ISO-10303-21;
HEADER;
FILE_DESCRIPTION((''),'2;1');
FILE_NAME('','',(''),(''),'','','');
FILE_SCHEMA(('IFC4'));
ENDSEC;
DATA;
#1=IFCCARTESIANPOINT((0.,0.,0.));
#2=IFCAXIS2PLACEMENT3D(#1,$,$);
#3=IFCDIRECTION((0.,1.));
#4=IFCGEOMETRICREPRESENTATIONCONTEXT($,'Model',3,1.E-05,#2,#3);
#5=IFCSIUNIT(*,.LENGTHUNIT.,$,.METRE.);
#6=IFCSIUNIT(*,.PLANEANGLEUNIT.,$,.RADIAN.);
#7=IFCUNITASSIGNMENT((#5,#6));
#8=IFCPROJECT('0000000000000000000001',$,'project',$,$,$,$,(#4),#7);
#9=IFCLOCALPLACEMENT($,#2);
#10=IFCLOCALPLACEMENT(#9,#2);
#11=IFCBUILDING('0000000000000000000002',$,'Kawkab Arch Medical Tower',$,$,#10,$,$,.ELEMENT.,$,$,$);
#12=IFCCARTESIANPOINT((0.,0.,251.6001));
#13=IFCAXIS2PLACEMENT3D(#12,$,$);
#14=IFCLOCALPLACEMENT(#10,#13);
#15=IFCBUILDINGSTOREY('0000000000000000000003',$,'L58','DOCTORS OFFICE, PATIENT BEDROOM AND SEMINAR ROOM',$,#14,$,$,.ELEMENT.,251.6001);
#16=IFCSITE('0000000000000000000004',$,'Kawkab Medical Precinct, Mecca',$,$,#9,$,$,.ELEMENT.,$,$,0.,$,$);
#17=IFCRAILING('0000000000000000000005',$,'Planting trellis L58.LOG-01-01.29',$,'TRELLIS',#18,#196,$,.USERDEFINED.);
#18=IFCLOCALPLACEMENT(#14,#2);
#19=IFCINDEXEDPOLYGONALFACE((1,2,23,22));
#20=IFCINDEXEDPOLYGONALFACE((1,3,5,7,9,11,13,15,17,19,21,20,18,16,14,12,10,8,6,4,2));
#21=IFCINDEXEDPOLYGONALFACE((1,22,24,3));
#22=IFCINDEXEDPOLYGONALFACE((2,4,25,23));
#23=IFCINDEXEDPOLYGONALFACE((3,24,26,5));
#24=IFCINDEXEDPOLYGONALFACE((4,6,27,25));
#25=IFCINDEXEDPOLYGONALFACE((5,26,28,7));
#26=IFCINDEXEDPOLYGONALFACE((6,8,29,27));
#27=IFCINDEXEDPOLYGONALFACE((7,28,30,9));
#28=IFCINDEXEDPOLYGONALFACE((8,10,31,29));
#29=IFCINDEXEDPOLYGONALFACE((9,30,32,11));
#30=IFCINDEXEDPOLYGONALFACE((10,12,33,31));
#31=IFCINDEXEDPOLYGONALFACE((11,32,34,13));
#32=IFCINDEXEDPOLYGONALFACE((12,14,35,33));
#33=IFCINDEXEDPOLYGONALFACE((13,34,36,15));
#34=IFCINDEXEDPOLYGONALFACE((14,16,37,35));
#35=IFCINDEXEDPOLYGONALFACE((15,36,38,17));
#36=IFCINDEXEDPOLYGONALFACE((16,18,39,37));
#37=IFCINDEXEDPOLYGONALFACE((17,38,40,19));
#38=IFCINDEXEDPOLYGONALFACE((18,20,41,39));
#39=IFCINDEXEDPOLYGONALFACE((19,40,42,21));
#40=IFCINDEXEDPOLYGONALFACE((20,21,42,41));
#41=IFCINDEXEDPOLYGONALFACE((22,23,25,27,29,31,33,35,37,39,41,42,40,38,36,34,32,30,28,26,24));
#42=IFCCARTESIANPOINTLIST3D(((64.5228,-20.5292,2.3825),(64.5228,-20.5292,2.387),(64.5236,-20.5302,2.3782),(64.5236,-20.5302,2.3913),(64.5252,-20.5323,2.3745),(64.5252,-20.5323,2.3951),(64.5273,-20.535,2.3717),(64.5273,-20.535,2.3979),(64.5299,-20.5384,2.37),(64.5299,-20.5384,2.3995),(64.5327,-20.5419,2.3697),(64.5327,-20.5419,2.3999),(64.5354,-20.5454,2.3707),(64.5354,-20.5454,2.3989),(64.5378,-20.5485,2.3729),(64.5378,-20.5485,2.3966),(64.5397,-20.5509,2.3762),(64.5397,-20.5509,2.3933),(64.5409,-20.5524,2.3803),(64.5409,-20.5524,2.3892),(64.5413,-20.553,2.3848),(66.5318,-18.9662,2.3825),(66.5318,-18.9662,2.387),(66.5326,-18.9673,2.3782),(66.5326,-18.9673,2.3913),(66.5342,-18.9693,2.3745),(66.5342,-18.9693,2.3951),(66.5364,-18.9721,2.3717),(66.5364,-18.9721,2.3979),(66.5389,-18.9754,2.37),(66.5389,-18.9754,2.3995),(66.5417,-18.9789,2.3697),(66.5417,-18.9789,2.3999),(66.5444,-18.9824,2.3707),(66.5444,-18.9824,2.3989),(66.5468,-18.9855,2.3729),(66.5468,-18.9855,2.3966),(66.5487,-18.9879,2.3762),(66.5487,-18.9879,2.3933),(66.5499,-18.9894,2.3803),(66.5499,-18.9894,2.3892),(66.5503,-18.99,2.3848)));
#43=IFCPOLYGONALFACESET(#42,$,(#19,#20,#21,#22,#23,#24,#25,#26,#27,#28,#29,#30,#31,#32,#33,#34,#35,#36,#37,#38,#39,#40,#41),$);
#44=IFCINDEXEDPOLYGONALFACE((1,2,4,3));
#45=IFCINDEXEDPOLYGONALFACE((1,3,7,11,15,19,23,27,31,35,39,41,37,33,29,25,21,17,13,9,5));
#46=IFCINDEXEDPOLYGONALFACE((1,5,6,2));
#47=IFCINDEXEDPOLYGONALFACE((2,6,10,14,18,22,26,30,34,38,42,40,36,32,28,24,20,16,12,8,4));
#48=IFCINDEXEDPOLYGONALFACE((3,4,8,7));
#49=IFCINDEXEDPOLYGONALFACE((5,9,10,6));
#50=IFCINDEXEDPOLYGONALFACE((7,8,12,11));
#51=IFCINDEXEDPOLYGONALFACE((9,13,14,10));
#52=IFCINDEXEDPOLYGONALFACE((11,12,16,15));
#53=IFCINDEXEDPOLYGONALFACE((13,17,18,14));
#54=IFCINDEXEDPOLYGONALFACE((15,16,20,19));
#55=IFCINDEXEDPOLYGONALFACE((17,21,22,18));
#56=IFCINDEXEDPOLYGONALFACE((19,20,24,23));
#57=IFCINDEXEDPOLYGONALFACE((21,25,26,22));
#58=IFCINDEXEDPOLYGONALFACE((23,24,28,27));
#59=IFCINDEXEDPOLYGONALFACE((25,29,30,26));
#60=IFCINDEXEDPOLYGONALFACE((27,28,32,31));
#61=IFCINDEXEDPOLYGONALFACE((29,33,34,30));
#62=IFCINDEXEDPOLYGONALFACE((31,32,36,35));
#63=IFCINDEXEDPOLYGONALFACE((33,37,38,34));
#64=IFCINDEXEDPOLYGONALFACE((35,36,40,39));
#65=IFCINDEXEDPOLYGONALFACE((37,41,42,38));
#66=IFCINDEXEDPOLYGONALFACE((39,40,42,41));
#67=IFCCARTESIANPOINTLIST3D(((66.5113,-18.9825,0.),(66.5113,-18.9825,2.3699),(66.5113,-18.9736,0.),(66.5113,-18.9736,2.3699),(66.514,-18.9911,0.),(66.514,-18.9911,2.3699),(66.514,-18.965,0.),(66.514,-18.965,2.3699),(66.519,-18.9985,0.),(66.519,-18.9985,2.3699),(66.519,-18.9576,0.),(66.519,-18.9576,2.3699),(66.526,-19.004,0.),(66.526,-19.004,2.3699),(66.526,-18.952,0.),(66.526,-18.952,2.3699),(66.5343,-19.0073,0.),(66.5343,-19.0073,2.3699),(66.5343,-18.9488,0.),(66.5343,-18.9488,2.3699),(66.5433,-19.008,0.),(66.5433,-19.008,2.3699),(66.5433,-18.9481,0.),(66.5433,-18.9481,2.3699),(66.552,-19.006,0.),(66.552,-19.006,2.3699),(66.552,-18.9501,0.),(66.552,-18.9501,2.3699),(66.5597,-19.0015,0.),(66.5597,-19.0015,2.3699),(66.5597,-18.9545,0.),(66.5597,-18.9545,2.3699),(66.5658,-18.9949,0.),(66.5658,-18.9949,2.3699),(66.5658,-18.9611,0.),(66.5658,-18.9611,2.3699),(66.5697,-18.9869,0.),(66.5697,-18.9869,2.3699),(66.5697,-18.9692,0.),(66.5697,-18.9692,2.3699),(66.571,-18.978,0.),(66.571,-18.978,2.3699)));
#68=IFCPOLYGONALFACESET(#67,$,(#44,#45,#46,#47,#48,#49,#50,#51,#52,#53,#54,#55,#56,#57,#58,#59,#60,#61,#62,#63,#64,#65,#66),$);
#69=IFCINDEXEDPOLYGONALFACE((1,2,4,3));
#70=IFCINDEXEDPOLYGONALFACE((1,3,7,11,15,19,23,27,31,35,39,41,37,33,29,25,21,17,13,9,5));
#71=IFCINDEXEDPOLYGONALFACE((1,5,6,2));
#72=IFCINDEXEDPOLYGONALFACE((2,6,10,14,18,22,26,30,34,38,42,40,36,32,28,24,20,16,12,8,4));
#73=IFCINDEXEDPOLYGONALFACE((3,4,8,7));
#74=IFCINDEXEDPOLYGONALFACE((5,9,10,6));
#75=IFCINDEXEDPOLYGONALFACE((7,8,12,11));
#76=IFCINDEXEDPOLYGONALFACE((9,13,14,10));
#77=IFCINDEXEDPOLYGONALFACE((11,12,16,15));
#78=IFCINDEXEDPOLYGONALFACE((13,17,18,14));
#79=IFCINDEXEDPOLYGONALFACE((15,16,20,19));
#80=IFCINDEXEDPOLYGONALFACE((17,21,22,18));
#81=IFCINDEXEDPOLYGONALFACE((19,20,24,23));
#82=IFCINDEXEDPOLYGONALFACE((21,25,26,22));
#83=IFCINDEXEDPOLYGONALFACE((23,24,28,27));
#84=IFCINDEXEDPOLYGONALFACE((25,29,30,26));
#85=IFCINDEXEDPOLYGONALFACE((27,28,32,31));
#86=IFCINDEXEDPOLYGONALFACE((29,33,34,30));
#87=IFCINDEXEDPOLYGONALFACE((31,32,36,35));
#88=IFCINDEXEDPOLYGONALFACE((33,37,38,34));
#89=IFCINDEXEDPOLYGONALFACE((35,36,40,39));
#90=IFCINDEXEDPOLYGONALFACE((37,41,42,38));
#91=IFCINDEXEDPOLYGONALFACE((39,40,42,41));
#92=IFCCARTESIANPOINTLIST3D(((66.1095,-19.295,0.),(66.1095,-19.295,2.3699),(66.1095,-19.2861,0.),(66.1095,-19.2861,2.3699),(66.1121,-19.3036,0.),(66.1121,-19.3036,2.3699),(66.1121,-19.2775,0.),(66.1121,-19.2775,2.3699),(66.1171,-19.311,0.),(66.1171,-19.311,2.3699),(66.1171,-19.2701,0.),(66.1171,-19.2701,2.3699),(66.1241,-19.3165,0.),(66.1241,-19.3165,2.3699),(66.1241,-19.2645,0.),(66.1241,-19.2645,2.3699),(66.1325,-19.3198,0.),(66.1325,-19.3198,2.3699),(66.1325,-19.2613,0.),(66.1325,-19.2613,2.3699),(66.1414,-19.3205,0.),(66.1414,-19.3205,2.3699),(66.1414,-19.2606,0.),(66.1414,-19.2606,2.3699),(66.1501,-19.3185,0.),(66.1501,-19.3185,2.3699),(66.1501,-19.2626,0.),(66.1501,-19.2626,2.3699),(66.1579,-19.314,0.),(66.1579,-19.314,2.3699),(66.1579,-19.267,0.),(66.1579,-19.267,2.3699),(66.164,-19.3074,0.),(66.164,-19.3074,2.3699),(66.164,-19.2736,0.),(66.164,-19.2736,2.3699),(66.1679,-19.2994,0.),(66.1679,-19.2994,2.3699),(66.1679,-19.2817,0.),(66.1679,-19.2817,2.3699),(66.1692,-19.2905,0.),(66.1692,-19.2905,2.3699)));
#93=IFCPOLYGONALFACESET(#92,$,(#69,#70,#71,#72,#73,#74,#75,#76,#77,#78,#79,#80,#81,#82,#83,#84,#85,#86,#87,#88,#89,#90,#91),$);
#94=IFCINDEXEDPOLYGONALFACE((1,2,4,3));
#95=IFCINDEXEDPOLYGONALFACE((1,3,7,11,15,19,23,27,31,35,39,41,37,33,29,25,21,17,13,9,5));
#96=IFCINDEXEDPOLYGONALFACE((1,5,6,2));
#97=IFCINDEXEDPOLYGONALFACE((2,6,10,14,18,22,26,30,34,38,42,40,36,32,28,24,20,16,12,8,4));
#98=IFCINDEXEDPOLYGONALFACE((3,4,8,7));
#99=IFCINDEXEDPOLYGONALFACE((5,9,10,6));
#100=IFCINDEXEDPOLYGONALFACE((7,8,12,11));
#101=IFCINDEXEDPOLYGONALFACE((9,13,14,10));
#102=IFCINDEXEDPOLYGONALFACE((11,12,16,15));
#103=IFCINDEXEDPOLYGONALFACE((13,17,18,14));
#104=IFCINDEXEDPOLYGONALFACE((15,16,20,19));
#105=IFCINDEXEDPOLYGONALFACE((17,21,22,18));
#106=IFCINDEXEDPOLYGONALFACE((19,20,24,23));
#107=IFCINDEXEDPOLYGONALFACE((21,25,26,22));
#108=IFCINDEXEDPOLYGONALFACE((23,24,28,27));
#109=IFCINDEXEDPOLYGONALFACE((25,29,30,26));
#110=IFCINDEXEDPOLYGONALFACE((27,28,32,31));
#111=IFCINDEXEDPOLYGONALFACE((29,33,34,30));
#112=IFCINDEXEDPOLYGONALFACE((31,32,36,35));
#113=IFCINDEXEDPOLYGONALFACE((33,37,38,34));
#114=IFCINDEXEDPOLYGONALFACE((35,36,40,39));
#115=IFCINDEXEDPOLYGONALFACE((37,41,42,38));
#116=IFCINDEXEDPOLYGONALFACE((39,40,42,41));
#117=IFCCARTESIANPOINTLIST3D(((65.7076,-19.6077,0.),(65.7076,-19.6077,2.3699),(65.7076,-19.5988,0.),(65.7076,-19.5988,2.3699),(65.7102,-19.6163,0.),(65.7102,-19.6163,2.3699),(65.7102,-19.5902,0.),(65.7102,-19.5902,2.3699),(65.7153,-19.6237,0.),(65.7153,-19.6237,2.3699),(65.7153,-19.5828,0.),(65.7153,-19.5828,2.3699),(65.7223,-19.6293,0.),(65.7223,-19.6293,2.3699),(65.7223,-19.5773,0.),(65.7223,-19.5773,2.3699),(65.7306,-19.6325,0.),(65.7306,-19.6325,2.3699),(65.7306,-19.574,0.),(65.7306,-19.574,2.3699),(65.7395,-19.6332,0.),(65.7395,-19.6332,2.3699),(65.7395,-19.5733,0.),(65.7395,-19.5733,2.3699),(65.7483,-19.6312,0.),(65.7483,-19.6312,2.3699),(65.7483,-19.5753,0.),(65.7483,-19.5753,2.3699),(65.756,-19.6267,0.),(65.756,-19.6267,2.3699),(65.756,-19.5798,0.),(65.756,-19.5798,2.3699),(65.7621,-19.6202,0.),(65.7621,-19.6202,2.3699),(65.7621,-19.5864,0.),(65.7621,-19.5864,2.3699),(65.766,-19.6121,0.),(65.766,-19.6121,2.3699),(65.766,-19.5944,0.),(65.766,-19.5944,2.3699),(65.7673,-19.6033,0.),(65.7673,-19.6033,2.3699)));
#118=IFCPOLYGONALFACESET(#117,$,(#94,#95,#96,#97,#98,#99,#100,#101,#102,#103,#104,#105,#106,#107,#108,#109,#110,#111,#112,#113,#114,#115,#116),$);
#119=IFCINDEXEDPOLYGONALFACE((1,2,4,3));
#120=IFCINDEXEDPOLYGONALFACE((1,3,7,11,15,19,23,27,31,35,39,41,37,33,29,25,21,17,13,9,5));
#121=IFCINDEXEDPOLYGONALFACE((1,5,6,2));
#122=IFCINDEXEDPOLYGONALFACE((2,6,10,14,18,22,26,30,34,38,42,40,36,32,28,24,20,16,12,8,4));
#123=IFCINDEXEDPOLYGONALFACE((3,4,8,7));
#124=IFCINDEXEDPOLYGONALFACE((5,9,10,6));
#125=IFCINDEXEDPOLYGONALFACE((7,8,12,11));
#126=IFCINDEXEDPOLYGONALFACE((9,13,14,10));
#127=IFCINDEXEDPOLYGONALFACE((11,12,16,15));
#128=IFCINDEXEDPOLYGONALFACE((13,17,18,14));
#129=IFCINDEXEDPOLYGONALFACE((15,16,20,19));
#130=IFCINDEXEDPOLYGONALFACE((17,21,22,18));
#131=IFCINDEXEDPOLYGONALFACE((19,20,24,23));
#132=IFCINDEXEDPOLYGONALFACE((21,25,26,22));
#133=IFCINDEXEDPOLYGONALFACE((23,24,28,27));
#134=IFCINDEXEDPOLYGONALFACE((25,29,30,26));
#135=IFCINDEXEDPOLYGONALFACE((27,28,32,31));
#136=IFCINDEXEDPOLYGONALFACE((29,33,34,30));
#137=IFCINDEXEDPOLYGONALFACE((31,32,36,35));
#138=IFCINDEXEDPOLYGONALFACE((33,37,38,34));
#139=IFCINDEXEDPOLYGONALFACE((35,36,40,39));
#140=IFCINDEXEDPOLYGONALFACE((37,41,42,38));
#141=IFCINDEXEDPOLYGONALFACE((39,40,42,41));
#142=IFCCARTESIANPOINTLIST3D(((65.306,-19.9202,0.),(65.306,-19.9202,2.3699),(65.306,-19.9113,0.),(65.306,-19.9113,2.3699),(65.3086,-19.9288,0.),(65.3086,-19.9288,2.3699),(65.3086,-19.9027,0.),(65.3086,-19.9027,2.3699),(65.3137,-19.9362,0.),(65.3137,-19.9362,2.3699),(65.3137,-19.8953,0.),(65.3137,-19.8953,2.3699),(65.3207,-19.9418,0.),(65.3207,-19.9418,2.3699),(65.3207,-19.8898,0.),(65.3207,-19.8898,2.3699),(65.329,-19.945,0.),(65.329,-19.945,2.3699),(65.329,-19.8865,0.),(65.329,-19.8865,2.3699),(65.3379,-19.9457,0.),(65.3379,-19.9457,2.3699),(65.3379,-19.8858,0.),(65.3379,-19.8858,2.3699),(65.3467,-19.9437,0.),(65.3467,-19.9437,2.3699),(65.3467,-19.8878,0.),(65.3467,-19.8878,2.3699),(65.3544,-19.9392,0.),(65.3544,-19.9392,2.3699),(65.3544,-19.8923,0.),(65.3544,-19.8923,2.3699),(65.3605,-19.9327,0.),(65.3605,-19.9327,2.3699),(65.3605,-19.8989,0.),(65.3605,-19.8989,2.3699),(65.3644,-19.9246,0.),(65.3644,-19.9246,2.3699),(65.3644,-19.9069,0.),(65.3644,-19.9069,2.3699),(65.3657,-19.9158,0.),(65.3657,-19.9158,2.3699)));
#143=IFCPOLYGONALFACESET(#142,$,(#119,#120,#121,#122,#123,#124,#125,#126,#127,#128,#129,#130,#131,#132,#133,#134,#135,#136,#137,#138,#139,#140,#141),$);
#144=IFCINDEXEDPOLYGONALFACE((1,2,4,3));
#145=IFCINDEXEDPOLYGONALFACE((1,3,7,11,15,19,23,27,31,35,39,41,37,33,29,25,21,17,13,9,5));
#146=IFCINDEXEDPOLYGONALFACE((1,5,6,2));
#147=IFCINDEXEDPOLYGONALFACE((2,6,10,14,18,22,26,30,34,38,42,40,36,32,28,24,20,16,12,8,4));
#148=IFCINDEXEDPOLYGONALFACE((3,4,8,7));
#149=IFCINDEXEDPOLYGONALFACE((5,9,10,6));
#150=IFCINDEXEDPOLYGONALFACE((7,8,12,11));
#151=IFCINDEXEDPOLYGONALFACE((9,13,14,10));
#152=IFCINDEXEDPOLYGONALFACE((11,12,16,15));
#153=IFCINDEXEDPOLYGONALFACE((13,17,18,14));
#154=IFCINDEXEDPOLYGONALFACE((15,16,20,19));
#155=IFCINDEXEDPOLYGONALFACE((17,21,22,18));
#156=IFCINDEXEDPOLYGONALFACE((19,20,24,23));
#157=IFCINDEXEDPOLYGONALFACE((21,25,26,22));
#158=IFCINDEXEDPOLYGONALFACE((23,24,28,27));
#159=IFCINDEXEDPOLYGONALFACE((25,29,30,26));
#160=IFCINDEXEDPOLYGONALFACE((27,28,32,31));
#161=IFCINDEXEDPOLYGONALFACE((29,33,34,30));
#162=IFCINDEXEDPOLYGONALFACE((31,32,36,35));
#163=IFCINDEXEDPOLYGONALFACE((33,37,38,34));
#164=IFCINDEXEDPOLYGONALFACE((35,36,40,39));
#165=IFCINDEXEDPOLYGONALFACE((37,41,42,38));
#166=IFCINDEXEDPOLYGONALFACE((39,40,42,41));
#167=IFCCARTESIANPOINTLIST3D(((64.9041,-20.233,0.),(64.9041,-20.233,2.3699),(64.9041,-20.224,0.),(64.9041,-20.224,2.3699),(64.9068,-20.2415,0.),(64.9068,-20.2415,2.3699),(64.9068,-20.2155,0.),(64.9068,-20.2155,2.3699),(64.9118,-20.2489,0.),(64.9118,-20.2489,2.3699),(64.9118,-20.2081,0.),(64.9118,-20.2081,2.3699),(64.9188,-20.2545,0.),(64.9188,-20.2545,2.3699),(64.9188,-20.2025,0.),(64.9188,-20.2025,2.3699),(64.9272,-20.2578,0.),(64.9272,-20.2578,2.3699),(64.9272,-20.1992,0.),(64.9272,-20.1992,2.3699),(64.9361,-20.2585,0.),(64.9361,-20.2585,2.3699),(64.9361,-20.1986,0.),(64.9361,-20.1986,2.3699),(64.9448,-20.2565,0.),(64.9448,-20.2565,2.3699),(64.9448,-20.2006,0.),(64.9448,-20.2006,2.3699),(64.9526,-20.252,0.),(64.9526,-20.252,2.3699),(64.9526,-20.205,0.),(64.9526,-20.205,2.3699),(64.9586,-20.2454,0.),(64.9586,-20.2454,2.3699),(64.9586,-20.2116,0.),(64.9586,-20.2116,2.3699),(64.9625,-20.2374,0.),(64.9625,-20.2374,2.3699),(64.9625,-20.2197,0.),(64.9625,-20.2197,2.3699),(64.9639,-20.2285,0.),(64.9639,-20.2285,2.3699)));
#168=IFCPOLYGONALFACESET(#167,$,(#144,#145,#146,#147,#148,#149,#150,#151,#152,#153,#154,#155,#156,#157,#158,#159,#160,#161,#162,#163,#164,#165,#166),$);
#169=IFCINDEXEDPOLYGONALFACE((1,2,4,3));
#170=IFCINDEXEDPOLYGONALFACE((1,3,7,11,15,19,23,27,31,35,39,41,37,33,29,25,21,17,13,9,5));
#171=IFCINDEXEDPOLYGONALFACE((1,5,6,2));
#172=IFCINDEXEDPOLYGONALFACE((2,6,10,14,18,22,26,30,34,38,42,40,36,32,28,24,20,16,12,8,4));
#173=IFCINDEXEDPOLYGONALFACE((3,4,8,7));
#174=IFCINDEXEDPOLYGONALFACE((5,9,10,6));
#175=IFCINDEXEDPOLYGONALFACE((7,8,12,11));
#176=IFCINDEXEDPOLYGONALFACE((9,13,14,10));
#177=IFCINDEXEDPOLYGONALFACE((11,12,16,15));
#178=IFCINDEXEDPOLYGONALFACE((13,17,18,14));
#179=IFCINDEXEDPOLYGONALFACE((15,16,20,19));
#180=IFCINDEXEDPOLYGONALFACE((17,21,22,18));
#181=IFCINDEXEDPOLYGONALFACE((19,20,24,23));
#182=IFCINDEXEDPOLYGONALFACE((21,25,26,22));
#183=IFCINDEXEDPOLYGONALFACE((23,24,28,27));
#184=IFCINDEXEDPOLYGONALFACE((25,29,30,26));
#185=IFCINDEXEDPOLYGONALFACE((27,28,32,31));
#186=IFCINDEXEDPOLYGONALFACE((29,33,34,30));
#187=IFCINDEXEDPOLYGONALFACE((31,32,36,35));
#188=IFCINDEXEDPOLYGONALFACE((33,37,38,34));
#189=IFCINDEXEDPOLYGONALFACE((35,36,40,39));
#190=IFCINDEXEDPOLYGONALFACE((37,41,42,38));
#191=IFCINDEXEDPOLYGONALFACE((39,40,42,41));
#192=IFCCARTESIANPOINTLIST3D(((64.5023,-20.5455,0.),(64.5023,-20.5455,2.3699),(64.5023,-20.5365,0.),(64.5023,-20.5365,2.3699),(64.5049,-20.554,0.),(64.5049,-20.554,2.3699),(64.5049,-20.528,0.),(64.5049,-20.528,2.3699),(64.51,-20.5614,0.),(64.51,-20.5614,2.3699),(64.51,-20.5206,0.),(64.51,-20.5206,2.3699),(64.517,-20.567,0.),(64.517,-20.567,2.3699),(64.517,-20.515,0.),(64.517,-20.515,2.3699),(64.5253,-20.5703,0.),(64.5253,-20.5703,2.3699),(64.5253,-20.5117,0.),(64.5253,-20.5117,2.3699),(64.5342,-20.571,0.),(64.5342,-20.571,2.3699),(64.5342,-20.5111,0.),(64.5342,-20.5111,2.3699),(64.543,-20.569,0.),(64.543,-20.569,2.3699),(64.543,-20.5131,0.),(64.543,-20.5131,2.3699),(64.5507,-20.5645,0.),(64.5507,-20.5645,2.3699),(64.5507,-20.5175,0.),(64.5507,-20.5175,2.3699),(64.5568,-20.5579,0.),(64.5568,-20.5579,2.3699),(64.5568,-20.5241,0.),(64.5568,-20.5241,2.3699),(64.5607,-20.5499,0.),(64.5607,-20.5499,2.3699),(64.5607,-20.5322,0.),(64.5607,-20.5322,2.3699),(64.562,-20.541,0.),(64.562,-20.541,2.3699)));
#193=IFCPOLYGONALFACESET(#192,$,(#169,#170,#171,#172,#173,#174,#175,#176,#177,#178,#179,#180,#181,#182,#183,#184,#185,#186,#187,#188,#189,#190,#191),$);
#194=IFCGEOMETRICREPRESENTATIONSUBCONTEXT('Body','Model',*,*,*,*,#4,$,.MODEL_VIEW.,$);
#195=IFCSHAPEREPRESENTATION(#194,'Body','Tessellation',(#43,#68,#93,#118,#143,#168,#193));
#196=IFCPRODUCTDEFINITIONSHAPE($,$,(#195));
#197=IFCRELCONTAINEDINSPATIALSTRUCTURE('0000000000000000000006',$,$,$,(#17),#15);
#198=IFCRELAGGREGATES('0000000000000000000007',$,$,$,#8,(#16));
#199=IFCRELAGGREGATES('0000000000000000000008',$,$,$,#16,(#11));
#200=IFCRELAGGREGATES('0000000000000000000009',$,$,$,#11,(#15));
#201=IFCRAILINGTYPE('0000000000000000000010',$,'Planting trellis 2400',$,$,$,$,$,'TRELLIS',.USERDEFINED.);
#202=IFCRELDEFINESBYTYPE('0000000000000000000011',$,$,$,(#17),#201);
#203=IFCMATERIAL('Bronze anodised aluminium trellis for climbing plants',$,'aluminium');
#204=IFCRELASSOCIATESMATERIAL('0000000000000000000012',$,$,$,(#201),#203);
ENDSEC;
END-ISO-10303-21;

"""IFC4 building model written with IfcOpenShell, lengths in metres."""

from ifc_helpers import new_model, si_unit, direction, frame, origin, origin_2d, place, context, subcontext, project, spatial, circle, extrude, material, type_object, element, save


model = new_model("IFC4")

# Units and contexts
model_context = context("Model", 3, precision=1e-05, world=origin(), true_north=direction((0.0, 1.0)))
body_context = subcontext(model_context, "Body", "Model", "MODEL_VIEW")
ifc_project = project(units=[si_unit("LENGTHUNIT", "METRE"), si_unit("PLANEANGLEUNIT", "RADIAN")], contexts=[model_context])

# Site, building, storey
site_placement = place(None, origin())
site = spatial("IfcSite", under=ifc_project, at=site_placement, Name="Kawkab Medical Precinct, Mecca", CompositionType="ELEMENT", RefElevation=0.0)
building_placement = place(site_placement, origin())
building = spatial("IfcBuilding", under=site, at=building_placement, Name="Kawkab Arch Medical Tower", CompositionType="ELEMENT")
storey_placement = place(building_placement, frame((0.0, 0.0, 251.6001)))
storey = spatial("IfcBuildingStorey", under=building, at=storey_placement, Name="L58", Description="DOCTORS OFFICE, PATIENT BEDROOM AND SEMINAR ROOM", CompositionType="ELEMENT", Elevation=251.6001)

# Railing
ifc_material_1 = material(Name="Bronze anodised aluminium trellis for climbing plants", Category="aluminium")
railing_type = type_object("IfcRailingType", Name="Planting trellis 2400", ElementType="TRELLIS", PredefinedType="USERDEFINED", material=ifc_material_1)
railing_1_placement = place(storey_placement, frame((66.541, -18.978, 0.0)))
element("IfcRailing", 1, at=railing_1_placement, inside=storey, type_object=railing_type, Name="Planting trellis L58.LOG-01-01.29", ObjectType="TRELLIS", PredefinedType="USERDEFINED", context=body_context, shape_type="SweptSolid", body=[
    extrude(circle(Radius=0.0151, at=origin_2d()), frame((0.0, 0.0, 2.3848), z_axis=(-0.789275, -0.61404, 0.0), x_axis=(0.61404, -0.789275, 0.0)), (0.0, 0.0, 1.0), 2.5454),
    extrude(circle(Radius=0.03, at=origin_2d()), origin(), (0.0, 0.0, 1.0), 2.3699),
    extrude(circle(Radius=0.03, at=origin_2d()), frame((-0.4019, -0.3125, 0.0)), (0.0, 0.0, 1.0), 2.3699),
    extrude(circle(Radius=0.03, at=origin_2d()), frame((-0.8037, -0.6252, 0.0)), (0.0, 0.0, 1.0), 2.3699),
    extrude(circle(Radius=0.03, at=origin_2d()), frame((-1.2053, -0.9377, 0.0)), (0.0, 0.0, 1.0), 2.3699),
    extrude(circle(Radius=0.03, at=origin_2d()), frame((-1.6072, -1.2505, 0.0)), (0.0, 0.0, 1.0), 2.3699),
    extrude(circle(Radius=0.03, at=origin_2d()), frame((-2.009, -1.563, 0.0)), (0.0, 0.0, 1.0), 2.3699),
])

save(model, "model.ifc")
